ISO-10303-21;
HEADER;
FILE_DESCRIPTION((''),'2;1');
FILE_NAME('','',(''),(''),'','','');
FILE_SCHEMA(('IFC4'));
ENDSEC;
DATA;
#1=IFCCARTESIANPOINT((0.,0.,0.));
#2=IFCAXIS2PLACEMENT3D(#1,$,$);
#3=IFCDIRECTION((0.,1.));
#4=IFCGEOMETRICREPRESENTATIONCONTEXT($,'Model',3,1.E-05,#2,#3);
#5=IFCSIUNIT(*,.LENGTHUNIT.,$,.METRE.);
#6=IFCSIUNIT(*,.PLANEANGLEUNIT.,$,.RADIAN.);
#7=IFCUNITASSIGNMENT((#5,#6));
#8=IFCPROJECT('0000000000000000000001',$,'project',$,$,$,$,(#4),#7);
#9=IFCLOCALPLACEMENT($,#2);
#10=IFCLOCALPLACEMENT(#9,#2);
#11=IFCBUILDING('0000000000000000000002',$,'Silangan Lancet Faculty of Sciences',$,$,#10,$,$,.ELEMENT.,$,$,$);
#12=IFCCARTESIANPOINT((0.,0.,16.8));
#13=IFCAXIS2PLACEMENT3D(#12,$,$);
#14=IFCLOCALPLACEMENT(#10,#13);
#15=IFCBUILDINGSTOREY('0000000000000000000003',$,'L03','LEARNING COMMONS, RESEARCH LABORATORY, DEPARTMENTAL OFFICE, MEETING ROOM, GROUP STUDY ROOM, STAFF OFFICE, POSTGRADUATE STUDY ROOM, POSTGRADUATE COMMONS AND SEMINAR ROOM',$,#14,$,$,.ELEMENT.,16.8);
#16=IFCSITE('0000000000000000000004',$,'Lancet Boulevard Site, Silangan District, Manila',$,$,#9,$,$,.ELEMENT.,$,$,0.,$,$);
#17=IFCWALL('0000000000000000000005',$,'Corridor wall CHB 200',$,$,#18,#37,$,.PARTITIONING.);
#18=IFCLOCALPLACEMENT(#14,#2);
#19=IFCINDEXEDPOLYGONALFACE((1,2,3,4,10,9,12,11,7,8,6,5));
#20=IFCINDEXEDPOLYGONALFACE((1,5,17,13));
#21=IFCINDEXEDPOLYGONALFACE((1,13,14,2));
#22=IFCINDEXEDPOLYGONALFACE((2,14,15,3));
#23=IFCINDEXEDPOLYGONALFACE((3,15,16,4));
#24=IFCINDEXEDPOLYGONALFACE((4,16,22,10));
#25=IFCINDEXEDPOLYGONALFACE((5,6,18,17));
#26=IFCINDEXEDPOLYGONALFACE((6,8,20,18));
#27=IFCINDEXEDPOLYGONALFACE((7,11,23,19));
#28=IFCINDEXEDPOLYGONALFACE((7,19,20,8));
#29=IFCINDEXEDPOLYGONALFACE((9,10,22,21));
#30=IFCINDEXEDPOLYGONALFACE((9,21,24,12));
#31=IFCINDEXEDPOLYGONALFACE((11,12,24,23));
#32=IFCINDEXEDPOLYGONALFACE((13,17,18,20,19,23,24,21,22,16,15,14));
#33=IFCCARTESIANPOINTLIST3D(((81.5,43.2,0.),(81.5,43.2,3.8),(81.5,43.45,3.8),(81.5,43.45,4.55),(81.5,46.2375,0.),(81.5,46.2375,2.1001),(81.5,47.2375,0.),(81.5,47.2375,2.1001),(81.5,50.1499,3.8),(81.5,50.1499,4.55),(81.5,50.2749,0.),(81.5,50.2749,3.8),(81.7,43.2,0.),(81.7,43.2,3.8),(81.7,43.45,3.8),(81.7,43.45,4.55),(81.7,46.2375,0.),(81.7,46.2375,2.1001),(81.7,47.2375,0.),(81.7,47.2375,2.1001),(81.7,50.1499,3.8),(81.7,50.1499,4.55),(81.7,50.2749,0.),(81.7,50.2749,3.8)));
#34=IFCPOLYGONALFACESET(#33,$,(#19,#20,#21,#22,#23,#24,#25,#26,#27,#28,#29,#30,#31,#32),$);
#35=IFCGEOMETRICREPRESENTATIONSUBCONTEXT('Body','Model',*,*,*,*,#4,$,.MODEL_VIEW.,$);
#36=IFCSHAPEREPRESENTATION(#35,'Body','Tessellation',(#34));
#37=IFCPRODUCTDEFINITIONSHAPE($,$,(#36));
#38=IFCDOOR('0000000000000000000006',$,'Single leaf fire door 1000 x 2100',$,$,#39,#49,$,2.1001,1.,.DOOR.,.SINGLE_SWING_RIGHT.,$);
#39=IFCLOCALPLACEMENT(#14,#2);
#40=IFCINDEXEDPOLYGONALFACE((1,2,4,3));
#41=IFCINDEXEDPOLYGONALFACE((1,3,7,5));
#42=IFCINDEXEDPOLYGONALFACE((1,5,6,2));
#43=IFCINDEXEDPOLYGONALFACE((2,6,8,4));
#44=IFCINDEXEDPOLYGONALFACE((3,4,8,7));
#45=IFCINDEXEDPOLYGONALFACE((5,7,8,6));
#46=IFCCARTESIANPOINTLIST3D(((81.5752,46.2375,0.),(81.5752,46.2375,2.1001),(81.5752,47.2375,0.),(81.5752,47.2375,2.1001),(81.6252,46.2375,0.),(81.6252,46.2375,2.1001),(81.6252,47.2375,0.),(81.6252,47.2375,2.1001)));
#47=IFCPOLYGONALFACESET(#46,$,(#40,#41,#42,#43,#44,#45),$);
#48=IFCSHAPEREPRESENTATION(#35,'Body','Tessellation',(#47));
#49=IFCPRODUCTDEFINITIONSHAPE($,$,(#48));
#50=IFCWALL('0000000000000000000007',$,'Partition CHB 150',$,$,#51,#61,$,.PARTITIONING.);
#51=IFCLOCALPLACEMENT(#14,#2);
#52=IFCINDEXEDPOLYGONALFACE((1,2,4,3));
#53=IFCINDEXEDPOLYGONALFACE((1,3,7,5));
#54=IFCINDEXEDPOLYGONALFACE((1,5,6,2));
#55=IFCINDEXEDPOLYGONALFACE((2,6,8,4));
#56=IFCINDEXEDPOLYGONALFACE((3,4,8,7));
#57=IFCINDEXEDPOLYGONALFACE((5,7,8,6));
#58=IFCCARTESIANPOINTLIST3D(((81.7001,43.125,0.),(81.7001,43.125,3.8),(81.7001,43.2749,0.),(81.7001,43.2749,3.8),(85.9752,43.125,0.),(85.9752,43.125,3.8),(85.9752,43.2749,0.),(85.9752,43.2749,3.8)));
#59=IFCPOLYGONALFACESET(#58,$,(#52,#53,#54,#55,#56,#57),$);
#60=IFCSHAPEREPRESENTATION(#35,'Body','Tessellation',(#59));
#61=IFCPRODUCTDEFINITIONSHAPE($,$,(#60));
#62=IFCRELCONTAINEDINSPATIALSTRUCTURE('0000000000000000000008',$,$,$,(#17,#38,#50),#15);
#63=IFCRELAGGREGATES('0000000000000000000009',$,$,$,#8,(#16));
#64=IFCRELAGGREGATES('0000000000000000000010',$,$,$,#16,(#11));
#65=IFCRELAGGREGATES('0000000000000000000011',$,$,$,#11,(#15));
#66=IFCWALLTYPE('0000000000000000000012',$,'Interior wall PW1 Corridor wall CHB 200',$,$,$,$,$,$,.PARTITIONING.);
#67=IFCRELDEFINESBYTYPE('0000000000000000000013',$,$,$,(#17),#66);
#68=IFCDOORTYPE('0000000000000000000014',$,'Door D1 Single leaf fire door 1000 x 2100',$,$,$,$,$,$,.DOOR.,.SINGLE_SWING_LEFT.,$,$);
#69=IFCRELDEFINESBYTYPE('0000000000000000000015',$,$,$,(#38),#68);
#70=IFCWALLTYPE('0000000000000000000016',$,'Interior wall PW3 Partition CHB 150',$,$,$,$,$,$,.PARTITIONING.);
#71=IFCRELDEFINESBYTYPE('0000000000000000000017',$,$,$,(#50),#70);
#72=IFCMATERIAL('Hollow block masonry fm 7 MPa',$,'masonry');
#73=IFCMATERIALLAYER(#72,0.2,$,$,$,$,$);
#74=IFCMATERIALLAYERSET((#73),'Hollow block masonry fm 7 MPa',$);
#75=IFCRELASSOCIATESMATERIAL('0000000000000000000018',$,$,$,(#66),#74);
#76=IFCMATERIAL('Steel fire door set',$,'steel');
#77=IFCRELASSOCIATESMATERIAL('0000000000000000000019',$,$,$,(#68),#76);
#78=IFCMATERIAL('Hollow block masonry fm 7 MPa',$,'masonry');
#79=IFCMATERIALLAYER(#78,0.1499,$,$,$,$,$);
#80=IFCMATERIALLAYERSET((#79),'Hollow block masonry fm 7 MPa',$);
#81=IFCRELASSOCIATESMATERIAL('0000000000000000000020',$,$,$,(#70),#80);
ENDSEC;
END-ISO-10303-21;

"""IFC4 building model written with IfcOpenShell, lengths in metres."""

from ifc_helpers import new_model, si_unit, direction, frame, frame_2d, origin, place, context, subcontext, project, spatial, polyline, rectangle, outline, extrude, material, layer, layer_set, type_object, element, fill, save


model = new_model("IFC4")

# Units and contexts
model_context = context("Model", 3, precision=1e-05, world=origin(), true_north=direction((0.0, 1.0)))
body_context = subcontext(model_context, "Body", "Model", "MODEL_VIEW")
ifc_project = project(units=[si_unit("LENGTHUNIT", "METRE"), si_unit("PLANEANGLEUNIT", "RADIAN")], contexts=[model_context])

# Site, building, storey
site_placement = place(None, origin())
site = spatial("IfcSite", under=ifc_project, at=site_placement, Name="Lancet Boulevard Site, Silangan District, Manila", CompositionType="ELEMENT", RefElevation=0.0)
building_placement = place(site_placement, origin())
building = spatial("IfcBuilding", under=site, at=building_placement, Name="Silangan Lancet Faculty of Sciences", CompositionType="ELEMENT")
storey_placement = place(building_placement, frame((0.0, 0.0, 16.8)))
storey = spatial("IfcBuildingStorey", under=building, at=storey_placement, Name="L03", Description="LEARNING COMMONS, RESEARCH LABORATORY, DEPARTMENTAL OFFICE, MEETING ROOM, GROUP STUDY ROOM, STAFF OFFICE, POSTGRADUATE STUDY ROOM, POSTGRADUATE COMMONS AND SEMINAR ROOM", CompositionType="ELEMENT", Elevation=16.8)

# Wall, opening, door
ifc_material_1 = material(Name="Hollow block masonry fm 7 MPa", Category="masonry")
ifc_layer_1 = layer(ifc_material_1, 0.2)
ifc_layer_set_1 = layer_set([ifc_layer_1], Name="Hollow block masonry fm 7 MPa")
wall_type_1 = type_object("IfcWallType", Name="Interior wall PW1 Corridor wall CHB 200", PredefinedType="PARTITIONING", material=ifc_layer_set_1)
wall_1_placement = place(storey_placement, frame((81.6001, 43.2, 0.0), z_axis=(0.0, 0.0, 1.0), x_axis=(0.0, 1.0, 0.0)))
wall_1 = element("IfcWall", 1, at=wall_1_placement, inside=storey, type_object=wall_type_1, Name="Corridor wall CHB 200", PredefinedType="PARTITIONING", context=body_context, shape_type="SweptSolid", body=[
    extrude(outline(polyline([(0.0, 0.0), (7.075, 0.0), (7.075, 3.8), (6.95, 3.8), (6.95, 4.55), (0.25, 4.55), (0.25, 3.8), (0.0, 3.8), (0.0, 0.0)])), frame((0.0, 0.1001, 0.0), z_axis=(0.0, -1.0, 0.0), x_axis=(1.0, 0.0, 0.0)), (0.0, 0.0, 1.0), 0.2),
])
opening_1_placement = place(wall_1_placement, frame((3.0376, 0.0, 0.0)))
opening_1 = element("IfcOpeningElement", 2, at=opening_1_placement, cuts=wall_1, PredefinedType="OPENING", context=body_context, shape_type="SweptSolid", body=[
    extrude(rectangle(XDim=1.0, YDim=2.1001, at=frame_2d((0.5, 1.05))), frame((0.0, 0.1099, 0.0), z_axis=(0.0, -1.0, 0.0), x_axis=(1.0, 0.0, 0.0)), (0.0, 0.0, 1.0), 0.22),
])
ifc_material_2 = material(Name="Steel fire door set", Category="steel")
door_type_1 = type_object("IfcDoorType", Name="Door D1 Single leaf fire door 1000 x 2100", OperationType="SINGLE_SWING_LEFT", PredefinedType="DOOR", material=ifc_material_2)
door_1_placement = place(opening_1_placement, frame((1.0, 0.0, 0.0), z_axis=(0.0, 0.0, 1.0), x_axis=(-1.0, 0.0, 0.0)))
door_1 = element("IfcDoor", 3, at=door_1_placement, inside=storey, type_object=door_type_1, Name="Single leaf fire door 1000 x 2100", OperationType="SINGLE_SWING_RIGHT", OverallHeight=2.1001, OverallWidth=1.0, PredefinedType="DOOR", context=body_context, shape_type="SweptSolid", body=[
    extrude(rectangle(XDim=1.0, YDim=2.1001, at=frame_2d((0.5, 1.05))), frame((0.0, 0.0251, 0.0), z_axis=(0.0, -1.0, 0.0), x_axis=(1.0, 0.0, 0.0)), (0.0, 0.0, 1.0), 0.05),
])
fill(opening_1, door_1)

# Wall
ifc_material_3 = material(Name="Hollow block masonry fm 7 MPa", Category="masonry")
ifc_layer_2 = layer(ifc_material_3, 0.1499)
ifc_layer_set_2 = layer_set([ifc_layer_2], Name="Hollow block masonry fm 7 MPa")
wall_type_2 = type_object("IfcWallType", Name="Interior wall PW3 Partition CHB 150", PredefinedType="PARTITIONING", material=ifc_layer_set_2)
wall_2_placement = place(storey_placement, frame((81.7, 43.2, 0.0), z_axis=(0.0, 0.0, 1.0), x_axis=(1.0, 0.0, 0.0)))
element("IfcWall", 4, at=wall_2_placement, inside=storey, type_object=wall_type_2, Name="Partition CHB 150", PredefinedType="PARTITIONING", context=body_context, shape_type="SweptSolid", body=[
    extrude(rectangle(XDim=4.2751, YDim=0.1499, at=frame_2d((2.1377, 0.0))), origin(), (0.0, 0.0, 1.0), 3.8),
])

save(model, "model.ifc")
